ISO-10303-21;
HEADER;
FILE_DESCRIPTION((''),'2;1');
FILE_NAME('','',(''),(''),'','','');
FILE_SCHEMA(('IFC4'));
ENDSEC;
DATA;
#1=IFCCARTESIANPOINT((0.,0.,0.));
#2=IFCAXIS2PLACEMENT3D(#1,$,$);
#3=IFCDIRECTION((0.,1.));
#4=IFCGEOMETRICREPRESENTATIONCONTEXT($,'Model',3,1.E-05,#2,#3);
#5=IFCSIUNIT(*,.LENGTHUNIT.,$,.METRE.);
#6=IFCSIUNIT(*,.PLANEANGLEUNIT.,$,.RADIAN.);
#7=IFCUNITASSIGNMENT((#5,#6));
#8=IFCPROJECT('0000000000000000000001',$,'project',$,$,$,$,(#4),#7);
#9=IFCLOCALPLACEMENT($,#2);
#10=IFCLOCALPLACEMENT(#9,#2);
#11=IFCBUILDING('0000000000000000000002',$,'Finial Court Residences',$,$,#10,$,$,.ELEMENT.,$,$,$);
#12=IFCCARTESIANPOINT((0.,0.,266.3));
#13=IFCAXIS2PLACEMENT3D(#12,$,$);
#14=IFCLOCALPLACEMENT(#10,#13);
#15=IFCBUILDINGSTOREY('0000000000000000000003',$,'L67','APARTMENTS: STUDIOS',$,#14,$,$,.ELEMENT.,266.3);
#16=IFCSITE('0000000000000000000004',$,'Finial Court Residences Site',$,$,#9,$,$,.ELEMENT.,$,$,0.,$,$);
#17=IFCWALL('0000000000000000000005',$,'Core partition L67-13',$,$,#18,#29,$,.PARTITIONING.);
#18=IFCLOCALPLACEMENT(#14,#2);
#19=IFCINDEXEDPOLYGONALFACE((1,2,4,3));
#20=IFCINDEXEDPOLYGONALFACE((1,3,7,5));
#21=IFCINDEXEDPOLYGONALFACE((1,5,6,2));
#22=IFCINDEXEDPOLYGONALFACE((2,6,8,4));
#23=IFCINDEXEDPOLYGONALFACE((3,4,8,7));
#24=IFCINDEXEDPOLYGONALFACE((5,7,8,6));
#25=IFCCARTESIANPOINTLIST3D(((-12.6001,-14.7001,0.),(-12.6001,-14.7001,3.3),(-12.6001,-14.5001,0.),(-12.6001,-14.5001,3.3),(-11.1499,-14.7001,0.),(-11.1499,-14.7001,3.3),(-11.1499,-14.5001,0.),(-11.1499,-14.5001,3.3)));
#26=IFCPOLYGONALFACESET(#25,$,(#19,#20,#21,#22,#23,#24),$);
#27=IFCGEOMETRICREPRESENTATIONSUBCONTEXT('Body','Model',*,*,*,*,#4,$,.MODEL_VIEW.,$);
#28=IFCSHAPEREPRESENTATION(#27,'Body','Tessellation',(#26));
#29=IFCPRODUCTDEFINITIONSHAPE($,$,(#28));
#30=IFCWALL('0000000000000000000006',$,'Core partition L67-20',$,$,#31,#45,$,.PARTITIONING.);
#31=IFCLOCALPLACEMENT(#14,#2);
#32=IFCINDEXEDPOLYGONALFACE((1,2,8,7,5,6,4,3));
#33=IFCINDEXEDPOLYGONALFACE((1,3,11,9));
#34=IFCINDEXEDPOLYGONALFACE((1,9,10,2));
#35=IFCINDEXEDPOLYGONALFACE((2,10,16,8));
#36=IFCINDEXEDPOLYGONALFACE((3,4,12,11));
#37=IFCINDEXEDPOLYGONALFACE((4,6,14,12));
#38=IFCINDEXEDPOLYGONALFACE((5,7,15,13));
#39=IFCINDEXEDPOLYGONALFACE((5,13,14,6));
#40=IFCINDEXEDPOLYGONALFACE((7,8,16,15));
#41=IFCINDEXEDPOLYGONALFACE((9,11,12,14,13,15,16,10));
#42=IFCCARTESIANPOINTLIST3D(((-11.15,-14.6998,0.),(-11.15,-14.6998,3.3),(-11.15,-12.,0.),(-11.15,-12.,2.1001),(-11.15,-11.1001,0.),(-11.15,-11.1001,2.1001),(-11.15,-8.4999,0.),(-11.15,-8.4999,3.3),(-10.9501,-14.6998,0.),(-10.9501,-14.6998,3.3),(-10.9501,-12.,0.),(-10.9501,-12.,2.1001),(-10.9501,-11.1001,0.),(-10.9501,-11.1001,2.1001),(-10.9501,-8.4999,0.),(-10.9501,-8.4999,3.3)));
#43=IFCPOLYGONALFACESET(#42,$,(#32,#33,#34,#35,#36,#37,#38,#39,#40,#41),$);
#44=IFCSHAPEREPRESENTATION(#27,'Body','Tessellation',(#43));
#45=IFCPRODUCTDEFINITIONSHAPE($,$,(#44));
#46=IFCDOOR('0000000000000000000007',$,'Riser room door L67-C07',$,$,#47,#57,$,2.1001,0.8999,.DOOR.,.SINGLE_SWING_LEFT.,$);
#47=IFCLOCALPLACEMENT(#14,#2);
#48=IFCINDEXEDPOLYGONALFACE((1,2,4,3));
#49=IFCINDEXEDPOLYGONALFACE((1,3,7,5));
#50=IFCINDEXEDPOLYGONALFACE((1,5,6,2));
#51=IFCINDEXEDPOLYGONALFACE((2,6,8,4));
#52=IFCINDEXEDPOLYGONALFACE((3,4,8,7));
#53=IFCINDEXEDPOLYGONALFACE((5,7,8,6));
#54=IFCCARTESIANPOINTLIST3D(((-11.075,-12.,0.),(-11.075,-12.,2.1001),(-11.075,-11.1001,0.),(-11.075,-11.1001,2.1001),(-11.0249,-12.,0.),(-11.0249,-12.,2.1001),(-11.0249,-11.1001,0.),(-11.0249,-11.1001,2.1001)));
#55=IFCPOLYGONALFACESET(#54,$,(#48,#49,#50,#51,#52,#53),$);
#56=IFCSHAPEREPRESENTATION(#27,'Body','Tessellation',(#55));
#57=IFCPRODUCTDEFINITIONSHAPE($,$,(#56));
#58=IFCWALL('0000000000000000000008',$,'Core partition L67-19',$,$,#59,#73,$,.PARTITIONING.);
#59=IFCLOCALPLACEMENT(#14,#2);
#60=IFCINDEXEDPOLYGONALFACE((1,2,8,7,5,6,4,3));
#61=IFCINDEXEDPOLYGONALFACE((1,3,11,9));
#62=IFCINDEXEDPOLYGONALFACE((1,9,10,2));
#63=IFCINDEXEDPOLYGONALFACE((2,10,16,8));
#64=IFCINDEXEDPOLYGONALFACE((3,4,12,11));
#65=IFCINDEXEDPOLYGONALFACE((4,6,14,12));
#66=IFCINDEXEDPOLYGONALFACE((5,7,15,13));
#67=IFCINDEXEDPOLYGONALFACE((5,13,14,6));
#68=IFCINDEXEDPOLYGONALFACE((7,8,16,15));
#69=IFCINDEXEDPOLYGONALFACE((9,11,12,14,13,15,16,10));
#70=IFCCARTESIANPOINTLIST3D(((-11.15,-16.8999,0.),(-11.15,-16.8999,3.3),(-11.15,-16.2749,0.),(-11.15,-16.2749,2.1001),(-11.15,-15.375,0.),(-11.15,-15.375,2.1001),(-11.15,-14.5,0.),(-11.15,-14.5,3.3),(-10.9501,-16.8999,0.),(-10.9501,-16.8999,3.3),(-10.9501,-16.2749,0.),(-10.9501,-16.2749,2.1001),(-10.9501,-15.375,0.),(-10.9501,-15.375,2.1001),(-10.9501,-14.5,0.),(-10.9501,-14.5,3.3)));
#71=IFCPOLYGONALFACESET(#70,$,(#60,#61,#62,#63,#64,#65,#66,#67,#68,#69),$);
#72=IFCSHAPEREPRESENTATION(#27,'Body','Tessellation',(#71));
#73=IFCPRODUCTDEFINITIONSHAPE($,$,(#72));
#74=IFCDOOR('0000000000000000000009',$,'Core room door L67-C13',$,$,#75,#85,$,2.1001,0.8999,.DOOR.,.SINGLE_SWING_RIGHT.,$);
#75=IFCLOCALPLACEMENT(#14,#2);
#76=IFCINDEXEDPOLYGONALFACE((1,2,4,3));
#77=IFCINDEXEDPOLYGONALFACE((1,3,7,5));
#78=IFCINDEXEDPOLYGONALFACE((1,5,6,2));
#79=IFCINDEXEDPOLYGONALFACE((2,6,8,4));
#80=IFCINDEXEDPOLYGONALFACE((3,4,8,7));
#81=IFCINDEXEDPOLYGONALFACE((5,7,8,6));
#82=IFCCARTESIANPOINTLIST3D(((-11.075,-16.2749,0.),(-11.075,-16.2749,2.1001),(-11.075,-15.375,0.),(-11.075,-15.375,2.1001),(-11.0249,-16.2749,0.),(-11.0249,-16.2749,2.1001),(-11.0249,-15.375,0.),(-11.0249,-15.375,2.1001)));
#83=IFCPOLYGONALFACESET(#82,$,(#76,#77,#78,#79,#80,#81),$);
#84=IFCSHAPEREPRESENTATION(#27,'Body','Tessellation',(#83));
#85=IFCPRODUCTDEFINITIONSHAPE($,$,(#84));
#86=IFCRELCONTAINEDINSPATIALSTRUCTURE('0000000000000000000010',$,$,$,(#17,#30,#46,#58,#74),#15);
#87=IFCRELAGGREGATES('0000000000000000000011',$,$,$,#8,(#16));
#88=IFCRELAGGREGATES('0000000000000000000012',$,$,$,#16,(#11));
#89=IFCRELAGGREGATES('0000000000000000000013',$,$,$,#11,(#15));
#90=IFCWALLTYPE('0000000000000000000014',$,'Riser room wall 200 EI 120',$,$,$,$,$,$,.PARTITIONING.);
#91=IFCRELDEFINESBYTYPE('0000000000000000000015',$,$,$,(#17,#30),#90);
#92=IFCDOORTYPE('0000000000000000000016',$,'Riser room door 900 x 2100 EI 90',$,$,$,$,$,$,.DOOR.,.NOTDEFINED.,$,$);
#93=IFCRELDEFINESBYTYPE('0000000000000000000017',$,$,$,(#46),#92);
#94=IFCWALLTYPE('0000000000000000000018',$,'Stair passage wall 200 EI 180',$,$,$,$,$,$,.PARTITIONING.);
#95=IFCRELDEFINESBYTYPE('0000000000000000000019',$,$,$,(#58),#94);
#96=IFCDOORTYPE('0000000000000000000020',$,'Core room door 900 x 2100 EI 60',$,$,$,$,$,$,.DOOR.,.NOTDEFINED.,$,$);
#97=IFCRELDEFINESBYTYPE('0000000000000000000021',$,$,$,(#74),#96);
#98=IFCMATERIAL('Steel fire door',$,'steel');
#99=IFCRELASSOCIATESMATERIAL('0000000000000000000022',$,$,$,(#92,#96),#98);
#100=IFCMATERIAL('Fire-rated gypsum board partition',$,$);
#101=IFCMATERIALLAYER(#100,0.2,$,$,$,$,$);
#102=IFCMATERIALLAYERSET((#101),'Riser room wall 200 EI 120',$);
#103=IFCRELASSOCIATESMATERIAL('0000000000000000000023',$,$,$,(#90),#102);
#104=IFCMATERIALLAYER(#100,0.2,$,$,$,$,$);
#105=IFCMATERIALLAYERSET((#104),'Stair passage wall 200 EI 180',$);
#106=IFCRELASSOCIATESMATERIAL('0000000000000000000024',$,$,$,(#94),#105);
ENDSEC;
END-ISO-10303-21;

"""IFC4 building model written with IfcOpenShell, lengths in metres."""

from ifc_helpers import new_model, si_unit, direction, frame, frame_2d, origin, place, context, subcontext, project, spatial, rectangle, extrude, material, layer, layer_set, type_object, element, fill, save


model = new_model("IFC4")

# Units and contexts
model_context = context("Model", 3, precision=1e-05, world=origin(), true_north=direction((0.0, 1.0)))
body_context = subcontext(model_context, "Body", "Model", "MODEL_VIEW")
ifc_project = project(units=[si_unit("LENGTHUNIT", "METRE"), si_unit("PLANEANGLEUNIT", "RADIAN")], contexts=[model_context])

# Site, building, storey
site_placement = place(None, origin())
site = spatial("IfcSite", under=ifc_project, at=site_placement, Name="Finial Court Residences Site", CompositionType="ELEMENT", RefElevation=0.0)
building_placement = place(site_placement, origin())
building = spatial("IfcBuilding", under=site, at=building_placement, Name="Finial Court Residences", CompositionType="ELEMENT")
storey_placement = place(building_placement, frame((0.0, 0.0, 266.3)))
storey = spatial("IfcBuildingStorey", under=building, at=storey_placement, Name="L67", Description="APARTMENTS: STUDIOS", CompositionType="ELEMENT", Elevation=266.3)

# Shared definitions
ifc_material_1 = material(Name="Steel fire door", Category="steel")
door_type_1 = type_object("IfcDoorType", Name="Riser room door 900 x 2100 EI 90", OperationType="NOTDEFINED", PredefinedType="DOOR", material=ifc_material_1)

# Wall
ifc_material_2 = material(Name="Fire-rated gypsum board partition")
ifc_layer_1 = layer(ifc_material_2, 0.2)
ifc_layer_set_1 = layer_set([ifc_layer_1], Name="Riser room wall 200 EI 120")
wall_type_1 = type_object("IfcWallType", Name="Riser room wall 200 EI 120", PredefinedType="PARTITIONING", material=ifc_layer_set_1)
wall_1_placement = place(storey_placement, frame((-12.6001, -14.6001, 0.0), z_axis=(0.0, 0.0, 1.0), x_axis=(1.0, 0.0, 0.0)))
element("IfcWall", 1, at=wall_1_placement, inside=storey, type_object=wall_type_1, Name="Core partition L67-13", PredefinedType="PARTITIONING", context=body_context, shape_type="SweptSolid", body=[
    extrude(rectangle(XDim=1.4502, YDim=0.2, at=frame_2d((0.7251, 0.0))), origin(), (0.0, 0.0, 1.0), 3.3),
])

# Walls, openings, doors
wall_2_placement = place(storey_placement, frame((-11.05, -14.7, 0.0), z_axis=(0.0, 0.0, 1.0), x_axis=(0.0, 1.0, 0.0)))
wall_2 = element("IfcWall", 2, at=wall_2_placement, inside=storey, type_object=wall_type_1, Name="Core partition L67-20", PredefinedType="PARTITIONING", context=body_context, shape_type="SweptSolid", body=[
    extrude(rectangle(XDim=6.2, YDim=0.2, at=frame_2d((3.1001, 0.0))), origin(), (0.0, 0.0, 1.0), 3.3),
])
opening_1_placement = place(wall_2_placement, frame((2.7, 0.0, 0.0)))
opening_1 = element("IfcOpeningElement", 3, at=opening_1_placement, cuts=wall_2, PredefinedType="OPENING", context=body_context, shape_type="SweptSolid", body=[
    extrude(rectangle(XDim=0.8999, YDim=2.1001, at=frame_2d((0.45, 1.05))), frame((0.0, 0.1099, 0.0), z_axis=(0.0, -1.0, 0.0), x_axis=(1.0, 0.0, 0.0)), (0.0, 0.0, 1.0), 0.22),
])
door_1_placement = place(opening_1_placement, origin())
door_1 = element("IfcDoor", 4, at=door_1_placement, inside=storey, type_object=door_type_1, Name="Riser room door L67-C07", OperationType="SINGLE_SWING_LEFT", OverallHeight=2.1001, OverallWidth=0.8999, PredefinedType="DOOR", context=body_context, shape_type="SweptSolid", body=[
    extrude(rectangle(XDim=0.8999, YDim=2.1001, at=frame_2d((0.45, 1.05))), frame((0.0, 0.0249, 0.0), z_axis=(0.0, -1.0, 0.0), x_axis=(1.0, 0.0, 0.0)), (0.0, 0.0, 1.0), 0.05),
])
fill(opening_1, door_1)
ifc_layer_2 = layer(ifc_material_2, 0.2)
ifc_layer_set_2 = layer_set([ifc_layer_2], Name="Stair passage wall 200 EI 180")
wall_type_2 = type_object("IfcWallType", Name="Stair passage wall 200 EI 180", PredefinedType="PARTITIONING", material=ifc_layer_set_2)
wall_3_placement = place(storey_placement, frame((-11.05, -16.8999, 0.0), z_axis=(0.0, 0.0, 1.0), x_axis=(0.0, 1.0, 0.0)))
wall_3 = element("IfcWall", 5, at=wall_3_placement, inside=storey, type_object=wall_type_2, Name="Core partition L67-19", PredefinedType="PARTITIONING", context=body_context, shape_type="SweptSolid", body=[
    extrude(rectangle(XDim=2.3999, YDim=0.2, at=frame_2d((1.2, 0.0))), origin(), (0.0, 0.0, 1.0), 3.3),
])
opening_2_placement = place(wall_3_placement, frame((0.625, 0.0, 0.0)))
opening_2 = element("IfcOpeningElement", 6, at=opening_2_placement, cuts=wall_3, PredefinedType="OPENING", context=body_context, shape_type="SweptSolid", body=[
    extrude(rectangle(XDim=0.8999, YDim=2.1001, at=frame_2d((0.45, 1.05))), frame((0.0, 0.1099, 0.0), z_axis=(0.0, -1.0, 0.0), x_axis=(1.0, 0.0, 0.0)), (0.0, 0.0, 1.0), 0.22),
])
door_type_2 = type_object("IfcDoorType", Name="Core room door 900 x 2100 EI 60", OperationType="NOTDEFINED", PredefinedType="DOOR", material=ifc_material_1)
door_2_placement = place(opening_2_placement, origin())
door_2 = element("IfcDoor", 7, at=door_2_placement, inside=storey, type_object=door_type_2, Name="Core room door L67-C13", OperationType="SINGLE_SWING_RIGHT", OverallHeight=2.1001, OverallWidth=0.8999, PredefinedType="DOOR", context=body_context, shape_type="SweptSolid", body=[
    extrude(rectangle(XDim=0.8999, YDim=2.1001, at=frame_2d((0.45, 1.05))), frame((0.0, 0.0249, 0.0), z_axis=(0.0, -1.0, 0.0), x_axis=(1.0, 0.0, 0.0)), (0.0, 0.0, 1.0), 0.05),
])
fill(opening_2, door_2)

save(model, "model.ifc")
